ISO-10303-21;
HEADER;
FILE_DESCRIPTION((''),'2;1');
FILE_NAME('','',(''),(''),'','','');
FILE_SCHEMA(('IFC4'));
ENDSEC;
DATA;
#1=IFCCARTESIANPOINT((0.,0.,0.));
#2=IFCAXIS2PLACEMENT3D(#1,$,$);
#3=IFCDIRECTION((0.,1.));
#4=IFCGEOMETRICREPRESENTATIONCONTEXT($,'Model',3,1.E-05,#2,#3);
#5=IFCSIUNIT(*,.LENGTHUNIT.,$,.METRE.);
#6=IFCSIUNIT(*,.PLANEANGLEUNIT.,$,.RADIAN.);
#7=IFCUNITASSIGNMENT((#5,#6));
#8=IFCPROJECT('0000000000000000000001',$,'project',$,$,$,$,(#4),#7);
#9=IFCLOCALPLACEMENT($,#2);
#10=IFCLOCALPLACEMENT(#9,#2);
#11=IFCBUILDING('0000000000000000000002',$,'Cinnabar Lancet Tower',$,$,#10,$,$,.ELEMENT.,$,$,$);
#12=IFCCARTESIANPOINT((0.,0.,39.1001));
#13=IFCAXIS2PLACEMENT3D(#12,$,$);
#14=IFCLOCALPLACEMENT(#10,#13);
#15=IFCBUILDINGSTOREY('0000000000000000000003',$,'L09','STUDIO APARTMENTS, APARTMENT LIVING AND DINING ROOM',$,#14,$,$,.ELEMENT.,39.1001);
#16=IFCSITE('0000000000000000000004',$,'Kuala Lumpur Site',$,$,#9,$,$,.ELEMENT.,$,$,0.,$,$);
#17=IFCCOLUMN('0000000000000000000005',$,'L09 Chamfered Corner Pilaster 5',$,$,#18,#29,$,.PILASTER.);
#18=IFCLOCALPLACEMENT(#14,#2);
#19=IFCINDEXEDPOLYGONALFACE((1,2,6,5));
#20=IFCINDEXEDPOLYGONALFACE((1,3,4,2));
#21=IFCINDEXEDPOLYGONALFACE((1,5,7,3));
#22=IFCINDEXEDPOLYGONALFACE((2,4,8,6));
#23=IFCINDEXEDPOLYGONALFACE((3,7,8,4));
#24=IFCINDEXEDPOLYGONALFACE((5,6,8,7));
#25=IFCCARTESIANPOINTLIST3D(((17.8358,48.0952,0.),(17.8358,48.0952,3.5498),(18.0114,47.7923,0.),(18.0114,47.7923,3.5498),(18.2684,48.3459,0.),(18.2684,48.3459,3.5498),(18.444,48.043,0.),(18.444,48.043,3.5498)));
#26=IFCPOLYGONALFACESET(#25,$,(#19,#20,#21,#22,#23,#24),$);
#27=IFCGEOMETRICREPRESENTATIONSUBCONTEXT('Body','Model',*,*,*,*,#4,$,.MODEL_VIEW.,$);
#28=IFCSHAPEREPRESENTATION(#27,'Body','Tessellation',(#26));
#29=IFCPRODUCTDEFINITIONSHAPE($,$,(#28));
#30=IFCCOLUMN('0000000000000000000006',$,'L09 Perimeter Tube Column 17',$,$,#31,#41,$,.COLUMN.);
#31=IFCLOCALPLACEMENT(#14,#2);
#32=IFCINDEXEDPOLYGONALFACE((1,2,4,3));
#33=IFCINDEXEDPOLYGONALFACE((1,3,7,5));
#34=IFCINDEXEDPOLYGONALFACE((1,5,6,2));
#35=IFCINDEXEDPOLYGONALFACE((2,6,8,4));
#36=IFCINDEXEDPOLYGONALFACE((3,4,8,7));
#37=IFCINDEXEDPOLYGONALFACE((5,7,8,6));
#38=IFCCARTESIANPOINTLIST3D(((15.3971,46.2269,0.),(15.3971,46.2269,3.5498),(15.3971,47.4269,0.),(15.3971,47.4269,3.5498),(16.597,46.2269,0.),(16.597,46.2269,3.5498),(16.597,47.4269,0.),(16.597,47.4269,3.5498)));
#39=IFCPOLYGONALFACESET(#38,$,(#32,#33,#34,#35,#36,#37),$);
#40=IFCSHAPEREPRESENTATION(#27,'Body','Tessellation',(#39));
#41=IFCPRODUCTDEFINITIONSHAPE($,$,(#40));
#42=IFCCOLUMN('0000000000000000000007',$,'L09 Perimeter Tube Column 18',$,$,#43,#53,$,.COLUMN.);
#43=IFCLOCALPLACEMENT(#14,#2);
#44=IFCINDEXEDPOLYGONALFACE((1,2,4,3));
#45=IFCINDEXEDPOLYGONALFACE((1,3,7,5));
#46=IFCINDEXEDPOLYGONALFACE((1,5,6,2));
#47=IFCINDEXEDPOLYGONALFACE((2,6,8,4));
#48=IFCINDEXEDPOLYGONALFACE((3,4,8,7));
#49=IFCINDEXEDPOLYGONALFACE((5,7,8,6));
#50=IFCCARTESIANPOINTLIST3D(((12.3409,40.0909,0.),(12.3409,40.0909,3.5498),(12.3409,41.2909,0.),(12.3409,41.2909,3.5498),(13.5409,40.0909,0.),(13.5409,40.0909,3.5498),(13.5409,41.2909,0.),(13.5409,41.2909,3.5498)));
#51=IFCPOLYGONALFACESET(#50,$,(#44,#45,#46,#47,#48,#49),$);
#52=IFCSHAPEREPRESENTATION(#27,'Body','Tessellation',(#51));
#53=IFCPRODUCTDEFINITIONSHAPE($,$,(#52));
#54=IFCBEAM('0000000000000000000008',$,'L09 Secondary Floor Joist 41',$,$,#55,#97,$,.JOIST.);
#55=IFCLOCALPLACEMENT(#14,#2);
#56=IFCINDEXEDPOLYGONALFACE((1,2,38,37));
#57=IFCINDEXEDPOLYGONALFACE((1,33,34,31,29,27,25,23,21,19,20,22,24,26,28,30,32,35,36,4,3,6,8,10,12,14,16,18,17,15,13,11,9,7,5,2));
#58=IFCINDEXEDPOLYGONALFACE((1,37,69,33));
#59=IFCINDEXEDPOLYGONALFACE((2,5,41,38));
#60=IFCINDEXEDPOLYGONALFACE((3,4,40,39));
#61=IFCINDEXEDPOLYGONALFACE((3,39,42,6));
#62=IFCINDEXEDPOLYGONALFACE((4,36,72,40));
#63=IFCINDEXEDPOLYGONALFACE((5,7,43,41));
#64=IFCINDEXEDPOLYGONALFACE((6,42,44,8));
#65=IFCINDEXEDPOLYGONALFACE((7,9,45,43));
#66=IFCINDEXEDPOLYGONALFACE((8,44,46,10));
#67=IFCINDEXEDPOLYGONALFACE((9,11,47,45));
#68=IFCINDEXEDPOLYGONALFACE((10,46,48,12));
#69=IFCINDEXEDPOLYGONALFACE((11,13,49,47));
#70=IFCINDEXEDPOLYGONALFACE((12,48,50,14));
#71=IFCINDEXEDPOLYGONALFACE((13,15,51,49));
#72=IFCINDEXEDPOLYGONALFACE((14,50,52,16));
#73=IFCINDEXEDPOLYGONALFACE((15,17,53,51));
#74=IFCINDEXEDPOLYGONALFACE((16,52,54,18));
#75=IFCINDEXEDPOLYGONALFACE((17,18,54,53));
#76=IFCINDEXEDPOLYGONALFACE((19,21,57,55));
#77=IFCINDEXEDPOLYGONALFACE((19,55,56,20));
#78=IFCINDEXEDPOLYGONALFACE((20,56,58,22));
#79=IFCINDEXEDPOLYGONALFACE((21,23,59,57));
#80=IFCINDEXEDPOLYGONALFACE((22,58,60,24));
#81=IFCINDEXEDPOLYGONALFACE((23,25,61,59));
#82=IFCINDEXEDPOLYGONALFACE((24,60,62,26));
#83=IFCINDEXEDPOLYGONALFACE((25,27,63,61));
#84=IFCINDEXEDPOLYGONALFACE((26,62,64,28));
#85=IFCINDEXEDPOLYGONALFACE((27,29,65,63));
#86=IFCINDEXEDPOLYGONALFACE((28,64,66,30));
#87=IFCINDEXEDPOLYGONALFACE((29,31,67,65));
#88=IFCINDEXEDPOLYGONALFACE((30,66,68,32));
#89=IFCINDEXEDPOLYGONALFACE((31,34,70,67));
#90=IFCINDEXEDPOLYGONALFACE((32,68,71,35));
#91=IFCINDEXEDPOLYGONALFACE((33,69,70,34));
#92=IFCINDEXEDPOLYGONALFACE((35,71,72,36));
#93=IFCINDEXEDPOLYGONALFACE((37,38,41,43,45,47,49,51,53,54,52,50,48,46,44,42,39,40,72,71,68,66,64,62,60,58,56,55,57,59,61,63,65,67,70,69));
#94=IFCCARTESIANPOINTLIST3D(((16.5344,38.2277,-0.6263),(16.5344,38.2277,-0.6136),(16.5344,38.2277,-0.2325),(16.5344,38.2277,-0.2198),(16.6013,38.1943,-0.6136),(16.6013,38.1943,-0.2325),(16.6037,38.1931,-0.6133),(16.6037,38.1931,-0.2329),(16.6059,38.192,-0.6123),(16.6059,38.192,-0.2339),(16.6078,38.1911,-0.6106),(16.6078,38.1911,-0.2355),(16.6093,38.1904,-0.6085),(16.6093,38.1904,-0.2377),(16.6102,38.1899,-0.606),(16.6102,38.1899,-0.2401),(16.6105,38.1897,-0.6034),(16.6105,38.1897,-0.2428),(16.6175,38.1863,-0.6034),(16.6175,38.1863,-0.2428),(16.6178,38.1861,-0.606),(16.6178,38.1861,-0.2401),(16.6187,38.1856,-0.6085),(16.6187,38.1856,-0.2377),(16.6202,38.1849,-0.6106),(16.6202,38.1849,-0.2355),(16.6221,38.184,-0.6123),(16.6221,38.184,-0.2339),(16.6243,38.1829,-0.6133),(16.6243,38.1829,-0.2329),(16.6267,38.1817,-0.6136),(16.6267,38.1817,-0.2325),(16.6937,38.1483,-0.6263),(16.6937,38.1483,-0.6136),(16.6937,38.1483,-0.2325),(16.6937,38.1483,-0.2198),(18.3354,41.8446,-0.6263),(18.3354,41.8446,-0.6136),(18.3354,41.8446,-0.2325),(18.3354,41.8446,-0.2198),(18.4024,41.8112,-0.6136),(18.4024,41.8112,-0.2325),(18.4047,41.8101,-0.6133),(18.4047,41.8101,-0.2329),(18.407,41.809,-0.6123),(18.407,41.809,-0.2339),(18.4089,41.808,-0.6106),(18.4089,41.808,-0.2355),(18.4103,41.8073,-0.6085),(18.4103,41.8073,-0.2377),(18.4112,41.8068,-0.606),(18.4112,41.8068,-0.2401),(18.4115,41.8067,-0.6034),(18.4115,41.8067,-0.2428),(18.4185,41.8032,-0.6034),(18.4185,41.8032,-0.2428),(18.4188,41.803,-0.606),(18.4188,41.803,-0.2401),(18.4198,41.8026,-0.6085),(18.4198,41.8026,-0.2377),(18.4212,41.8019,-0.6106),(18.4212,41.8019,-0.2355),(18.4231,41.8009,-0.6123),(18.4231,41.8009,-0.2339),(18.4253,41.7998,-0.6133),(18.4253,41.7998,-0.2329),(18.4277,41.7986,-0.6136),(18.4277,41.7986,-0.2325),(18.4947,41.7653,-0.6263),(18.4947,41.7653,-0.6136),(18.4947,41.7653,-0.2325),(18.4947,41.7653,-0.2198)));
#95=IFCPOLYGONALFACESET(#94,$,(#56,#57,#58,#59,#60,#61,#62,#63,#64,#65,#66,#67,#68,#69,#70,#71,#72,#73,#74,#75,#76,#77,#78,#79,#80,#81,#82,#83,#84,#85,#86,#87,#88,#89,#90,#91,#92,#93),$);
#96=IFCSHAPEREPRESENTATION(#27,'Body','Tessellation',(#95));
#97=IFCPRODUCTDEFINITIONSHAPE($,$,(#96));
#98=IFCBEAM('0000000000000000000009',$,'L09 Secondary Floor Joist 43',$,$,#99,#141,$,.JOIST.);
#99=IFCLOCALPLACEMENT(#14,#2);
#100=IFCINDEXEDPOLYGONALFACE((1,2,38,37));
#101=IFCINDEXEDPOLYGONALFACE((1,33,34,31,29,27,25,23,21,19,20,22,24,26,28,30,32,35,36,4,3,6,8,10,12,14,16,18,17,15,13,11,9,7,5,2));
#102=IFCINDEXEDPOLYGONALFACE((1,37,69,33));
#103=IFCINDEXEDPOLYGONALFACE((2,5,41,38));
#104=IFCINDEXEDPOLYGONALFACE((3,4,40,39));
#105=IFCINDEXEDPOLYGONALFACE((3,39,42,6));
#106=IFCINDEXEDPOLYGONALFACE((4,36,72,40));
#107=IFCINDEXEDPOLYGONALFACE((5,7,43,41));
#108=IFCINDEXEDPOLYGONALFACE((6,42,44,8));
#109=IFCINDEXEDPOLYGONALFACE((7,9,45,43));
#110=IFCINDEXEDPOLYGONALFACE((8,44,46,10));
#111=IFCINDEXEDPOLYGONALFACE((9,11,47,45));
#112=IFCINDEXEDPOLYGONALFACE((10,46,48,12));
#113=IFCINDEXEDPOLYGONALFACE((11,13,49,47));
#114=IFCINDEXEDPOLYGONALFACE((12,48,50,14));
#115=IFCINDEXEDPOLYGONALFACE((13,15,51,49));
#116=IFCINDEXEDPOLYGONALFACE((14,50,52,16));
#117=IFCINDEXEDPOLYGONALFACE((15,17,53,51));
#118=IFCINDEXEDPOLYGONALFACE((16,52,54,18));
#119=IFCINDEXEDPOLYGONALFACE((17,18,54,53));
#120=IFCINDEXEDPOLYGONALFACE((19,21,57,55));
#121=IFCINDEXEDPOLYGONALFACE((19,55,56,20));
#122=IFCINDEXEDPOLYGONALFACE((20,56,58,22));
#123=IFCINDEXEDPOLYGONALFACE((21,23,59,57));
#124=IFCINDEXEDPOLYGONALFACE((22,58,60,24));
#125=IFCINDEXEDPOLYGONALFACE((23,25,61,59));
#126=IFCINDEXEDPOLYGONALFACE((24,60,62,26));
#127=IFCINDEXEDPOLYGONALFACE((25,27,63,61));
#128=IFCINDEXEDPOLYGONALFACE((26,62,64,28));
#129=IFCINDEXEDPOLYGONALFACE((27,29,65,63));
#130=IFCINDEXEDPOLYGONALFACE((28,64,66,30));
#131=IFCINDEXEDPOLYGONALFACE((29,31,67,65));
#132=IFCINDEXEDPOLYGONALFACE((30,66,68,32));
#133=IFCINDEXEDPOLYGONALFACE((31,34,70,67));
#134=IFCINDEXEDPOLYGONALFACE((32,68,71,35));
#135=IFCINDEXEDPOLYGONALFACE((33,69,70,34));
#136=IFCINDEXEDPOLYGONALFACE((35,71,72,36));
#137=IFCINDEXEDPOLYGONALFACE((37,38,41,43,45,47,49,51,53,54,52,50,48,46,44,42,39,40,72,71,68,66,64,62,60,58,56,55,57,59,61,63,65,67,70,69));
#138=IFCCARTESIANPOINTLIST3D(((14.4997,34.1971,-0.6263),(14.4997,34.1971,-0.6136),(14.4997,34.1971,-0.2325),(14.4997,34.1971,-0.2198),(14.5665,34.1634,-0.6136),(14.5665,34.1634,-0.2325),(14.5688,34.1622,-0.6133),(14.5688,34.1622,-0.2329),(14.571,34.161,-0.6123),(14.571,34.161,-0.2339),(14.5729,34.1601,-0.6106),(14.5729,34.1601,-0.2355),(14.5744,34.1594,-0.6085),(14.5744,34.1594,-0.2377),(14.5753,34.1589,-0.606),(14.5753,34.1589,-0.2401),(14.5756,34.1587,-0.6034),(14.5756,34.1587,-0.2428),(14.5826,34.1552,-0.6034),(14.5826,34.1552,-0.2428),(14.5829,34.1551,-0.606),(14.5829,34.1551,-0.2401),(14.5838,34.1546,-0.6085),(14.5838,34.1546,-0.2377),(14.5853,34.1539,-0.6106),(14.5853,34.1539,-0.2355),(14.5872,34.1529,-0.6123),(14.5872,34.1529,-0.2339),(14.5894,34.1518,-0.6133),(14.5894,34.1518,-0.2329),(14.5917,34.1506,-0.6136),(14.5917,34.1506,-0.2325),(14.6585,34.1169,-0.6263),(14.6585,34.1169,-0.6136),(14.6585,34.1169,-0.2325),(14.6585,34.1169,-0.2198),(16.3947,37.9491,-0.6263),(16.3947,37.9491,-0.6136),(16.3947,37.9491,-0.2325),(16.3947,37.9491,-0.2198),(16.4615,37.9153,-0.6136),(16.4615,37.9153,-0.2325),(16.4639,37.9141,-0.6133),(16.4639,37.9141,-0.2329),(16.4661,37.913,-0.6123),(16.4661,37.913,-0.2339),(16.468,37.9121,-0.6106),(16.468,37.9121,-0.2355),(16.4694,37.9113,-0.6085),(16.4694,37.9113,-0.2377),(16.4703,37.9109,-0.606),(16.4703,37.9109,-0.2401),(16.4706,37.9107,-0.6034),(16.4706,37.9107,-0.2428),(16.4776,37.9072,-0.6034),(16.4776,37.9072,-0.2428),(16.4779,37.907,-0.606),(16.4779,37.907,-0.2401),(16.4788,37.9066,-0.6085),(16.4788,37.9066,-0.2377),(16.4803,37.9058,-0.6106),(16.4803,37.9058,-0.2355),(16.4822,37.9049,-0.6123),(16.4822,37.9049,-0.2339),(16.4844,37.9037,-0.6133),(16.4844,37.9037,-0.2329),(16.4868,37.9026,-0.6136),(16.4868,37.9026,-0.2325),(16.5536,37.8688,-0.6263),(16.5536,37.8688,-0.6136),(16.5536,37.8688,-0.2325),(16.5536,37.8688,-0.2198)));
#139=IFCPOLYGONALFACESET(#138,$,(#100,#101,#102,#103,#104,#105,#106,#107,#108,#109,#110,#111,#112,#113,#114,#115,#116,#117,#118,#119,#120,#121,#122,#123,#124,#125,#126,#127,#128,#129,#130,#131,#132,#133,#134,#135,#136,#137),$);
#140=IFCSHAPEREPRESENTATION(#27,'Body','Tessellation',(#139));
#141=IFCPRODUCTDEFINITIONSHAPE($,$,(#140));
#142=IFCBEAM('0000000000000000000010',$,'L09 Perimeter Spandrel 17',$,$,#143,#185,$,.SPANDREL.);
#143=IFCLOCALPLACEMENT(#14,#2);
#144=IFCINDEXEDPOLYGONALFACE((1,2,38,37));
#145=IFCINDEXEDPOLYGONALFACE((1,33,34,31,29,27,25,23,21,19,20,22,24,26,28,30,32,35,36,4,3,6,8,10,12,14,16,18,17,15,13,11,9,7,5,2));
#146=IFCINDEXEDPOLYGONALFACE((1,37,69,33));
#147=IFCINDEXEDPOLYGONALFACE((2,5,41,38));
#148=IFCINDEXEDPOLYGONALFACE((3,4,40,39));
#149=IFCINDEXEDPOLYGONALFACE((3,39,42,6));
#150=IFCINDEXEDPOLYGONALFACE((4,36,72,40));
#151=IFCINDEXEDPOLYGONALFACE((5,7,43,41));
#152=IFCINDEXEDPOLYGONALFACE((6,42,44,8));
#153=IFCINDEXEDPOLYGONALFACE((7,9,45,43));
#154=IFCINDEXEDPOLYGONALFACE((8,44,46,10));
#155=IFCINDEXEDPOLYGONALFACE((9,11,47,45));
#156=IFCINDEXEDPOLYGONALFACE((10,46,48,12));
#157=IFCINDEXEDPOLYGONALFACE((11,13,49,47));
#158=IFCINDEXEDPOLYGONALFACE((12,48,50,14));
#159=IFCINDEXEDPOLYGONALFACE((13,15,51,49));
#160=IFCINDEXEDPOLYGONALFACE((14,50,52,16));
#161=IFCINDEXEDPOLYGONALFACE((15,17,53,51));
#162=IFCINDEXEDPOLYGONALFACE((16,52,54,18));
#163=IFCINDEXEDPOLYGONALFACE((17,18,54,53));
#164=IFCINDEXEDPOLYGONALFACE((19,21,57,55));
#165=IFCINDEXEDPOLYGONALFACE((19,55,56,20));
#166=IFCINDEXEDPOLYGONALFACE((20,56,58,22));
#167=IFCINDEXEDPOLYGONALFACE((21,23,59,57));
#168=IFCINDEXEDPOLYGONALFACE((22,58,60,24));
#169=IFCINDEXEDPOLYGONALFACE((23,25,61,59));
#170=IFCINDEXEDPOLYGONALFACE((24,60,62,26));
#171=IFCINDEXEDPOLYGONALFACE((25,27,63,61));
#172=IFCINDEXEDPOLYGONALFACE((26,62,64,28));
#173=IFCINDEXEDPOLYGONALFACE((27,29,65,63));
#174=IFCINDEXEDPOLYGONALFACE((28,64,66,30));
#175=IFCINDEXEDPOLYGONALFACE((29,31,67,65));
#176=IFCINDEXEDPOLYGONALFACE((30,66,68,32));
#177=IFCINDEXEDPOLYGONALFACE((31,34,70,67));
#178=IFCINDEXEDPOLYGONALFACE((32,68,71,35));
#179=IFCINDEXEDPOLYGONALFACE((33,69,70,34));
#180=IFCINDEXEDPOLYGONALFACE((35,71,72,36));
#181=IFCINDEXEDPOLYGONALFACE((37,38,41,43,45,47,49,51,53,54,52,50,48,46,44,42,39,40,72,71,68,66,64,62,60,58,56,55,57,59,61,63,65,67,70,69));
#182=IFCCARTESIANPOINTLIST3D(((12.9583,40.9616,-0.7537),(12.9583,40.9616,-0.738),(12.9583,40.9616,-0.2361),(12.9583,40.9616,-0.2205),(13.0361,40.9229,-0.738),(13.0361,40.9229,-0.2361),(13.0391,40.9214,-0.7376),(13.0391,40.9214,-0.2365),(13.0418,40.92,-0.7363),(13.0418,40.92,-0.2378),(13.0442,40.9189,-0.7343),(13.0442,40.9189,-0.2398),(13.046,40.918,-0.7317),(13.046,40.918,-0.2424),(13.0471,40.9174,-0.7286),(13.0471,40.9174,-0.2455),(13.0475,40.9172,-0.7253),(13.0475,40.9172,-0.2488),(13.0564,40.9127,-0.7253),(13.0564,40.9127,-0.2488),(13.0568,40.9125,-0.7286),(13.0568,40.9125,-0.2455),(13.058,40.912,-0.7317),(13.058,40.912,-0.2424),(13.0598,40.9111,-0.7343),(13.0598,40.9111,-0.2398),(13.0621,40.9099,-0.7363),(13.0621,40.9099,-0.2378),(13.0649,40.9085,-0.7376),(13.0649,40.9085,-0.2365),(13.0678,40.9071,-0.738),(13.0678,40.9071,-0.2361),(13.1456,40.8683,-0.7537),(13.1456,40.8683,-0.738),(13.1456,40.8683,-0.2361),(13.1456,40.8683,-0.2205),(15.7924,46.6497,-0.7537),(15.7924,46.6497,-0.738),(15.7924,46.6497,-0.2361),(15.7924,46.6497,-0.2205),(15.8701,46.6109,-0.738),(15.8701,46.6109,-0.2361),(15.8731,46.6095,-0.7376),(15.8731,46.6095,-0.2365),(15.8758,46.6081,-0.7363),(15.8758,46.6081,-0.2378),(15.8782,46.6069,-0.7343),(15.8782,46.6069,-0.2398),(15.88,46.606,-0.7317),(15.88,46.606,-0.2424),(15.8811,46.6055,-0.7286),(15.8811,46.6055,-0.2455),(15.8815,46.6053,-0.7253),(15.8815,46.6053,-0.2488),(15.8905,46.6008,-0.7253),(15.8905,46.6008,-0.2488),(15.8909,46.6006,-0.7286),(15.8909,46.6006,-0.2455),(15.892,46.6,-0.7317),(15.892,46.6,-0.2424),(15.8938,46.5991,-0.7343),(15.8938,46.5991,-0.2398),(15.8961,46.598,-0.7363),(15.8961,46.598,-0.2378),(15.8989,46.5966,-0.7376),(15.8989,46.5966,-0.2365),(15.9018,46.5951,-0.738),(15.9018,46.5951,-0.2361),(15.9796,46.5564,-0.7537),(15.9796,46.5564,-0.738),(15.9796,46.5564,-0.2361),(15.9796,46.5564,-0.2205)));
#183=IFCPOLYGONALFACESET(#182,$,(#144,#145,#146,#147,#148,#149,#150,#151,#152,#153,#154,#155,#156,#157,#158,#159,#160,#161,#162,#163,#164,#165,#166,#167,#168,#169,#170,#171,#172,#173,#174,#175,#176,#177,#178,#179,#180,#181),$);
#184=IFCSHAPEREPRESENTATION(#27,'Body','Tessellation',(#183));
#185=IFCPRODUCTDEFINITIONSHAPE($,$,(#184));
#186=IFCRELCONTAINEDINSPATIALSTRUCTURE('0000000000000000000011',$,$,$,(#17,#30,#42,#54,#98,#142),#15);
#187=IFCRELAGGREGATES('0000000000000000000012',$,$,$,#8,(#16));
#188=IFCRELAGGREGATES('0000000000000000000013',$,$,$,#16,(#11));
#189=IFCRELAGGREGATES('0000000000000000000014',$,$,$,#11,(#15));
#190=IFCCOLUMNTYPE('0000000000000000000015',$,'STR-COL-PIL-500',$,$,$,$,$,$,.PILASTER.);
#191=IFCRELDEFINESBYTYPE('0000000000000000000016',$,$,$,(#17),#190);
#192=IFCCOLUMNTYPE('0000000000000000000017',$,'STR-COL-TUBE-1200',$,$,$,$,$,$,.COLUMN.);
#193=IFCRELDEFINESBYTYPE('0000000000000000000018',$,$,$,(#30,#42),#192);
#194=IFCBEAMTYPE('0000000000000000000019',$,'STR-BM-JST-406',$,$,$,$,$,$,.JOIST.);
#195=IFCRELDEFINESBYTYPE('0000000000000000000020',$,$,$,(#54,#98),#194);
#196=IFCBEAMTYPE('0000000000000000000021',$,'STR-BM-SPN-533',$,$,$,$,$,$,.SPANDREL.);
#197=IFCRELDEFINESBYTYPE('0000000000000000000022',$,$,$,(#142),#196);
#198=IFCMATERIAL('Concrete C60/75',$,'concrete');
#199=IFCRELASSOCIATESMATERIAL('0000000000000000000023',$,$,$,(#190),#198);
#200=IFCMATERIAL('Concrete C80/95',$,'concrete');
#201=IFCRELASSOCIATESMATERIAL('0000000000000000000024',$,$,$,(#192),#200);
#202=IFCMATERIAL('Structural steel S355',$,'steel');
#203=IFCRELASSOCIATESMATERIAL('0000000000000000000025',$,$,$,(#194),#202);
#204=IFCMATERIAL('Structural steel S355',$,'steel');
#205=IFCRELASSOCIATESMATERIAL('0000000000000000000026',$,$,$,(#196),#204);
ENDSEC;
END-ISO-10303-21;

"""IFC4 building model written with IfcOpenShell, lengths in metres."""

from ifc_helpers import new_model, si_unit, direction, frame, origin, origin_2d, place, context, subcontext, project, spatial, rectangle, i_section, extrude, material, material_profile, profile_set, type_object, element, save


model = new_model("IFC4")

# Units and contexts
model_context = context("Model", 3, precision=1e-05, world=origin(), true_north=direction((0.0, 1.0)))
body_context = subcontext(model_context, "Body", "Model", "MODEL_VIEW")
ifc_project = project(units=[si_unit("LENGTHUNIT", "METRE"), si_unit("PLANEANGLEUNIT", "RADIAN")], contexts=[model_context])

# Site, building, storey
site_placement = place(None, origin())
site = spatial("IfcSite", under=ifc_project, at=site_placement, Name="Kuala Lumpur Site", CompositionType="ELEMENT", RefElevation=0.0)
building_placement = place(site_placement, origin())
building = spatial("IfcBuilding", under=site, at=building_placement, Name="Cinnabar Lancet Tower", CompositionType="ELEMENT")
storey_placement = place(building_placement, frame((0.0, 0.0, 39.1001)))
storey = spatial("IfcBuildingStorey", under=building, at=storey_placement, Name="L09", Description="STUDIO APARTMENTS, APARTMENT LIVING AND DINING ROOM", CompositionType="ELEMENT", Elevation=39.1001)

# Columns
ifc_material_1 = material(Name="Concrete C60/75", Category="concrete")
ifc_material_profile_1 = material_profile(ifc_material_1, rectangle(XDim=0.5, YDim=0.3501, at=origin_2d()), Name="RC-PIL 500x350")
ifc_profile_set_1 = profile_set([ifc_material_profile_1], Name="Concrete C60/75")
column_type_1 = type_object("IfcColumnType", Name="STR-COL-PIL-500", PredefinedType="PILASTER", material=ifc_profile_set_1)
column_placement = place(storey_placement, frame((18.1399, 48.0691, 0.0), z_axis=(0.0, 0.0, 1.0), x_axis=(-0.865195, -0.501435, 0.0)))
element("IfcColumn", 1, at=column_placement, inside=storey, type_object=column_type_1, Name="L09 Chamfered Corner Pilaster 5", PredefinedType="PILASTER", context=body_context, shape_type="SweptSolid", body=[
    extrude(rectangle(XDim=0.5, YDim=0.3501, at=origin_2d()), origin(), (0.0, 0.0, 1.0), 3.5498),
])
ifc_material_2 = material(Name="Concrete C80/95", Category="concrete")
ifc_material_profile_2 = material_profile(ifc_material_2, rectangle(XDim=1.2, YDim=1.2, at=origin_2d()), Name="RC-COL 1200x1200")
ifc_profile_set_2 = profile_set([ifc_material_profile_2], Name="Concrete C80/95")
column_type_2 = type_object("IfcColumnType", Name="STR-COL-TUBE-1200", PredefinedType="COLUMN", material=ifc_profile_set_2)
for number, where, z_axis, x_axis, name in (
    (2, (15.9971, 46.8269, 0.0), (0.0, 0.0, 1.0), (1.0, 0.0, 0.0), "L09 Perimeter Tube Column 17"),
    (3, (12.9409, 40.6909, 0.0), (0.0, 0.0, 1.0), (1.0, 0.0, 0.0), "L09 Perimeter Tube Column 18"),
):
    element("IfcColumn", number, at=place(storey_placement, frame(where, z_axis=z_axis, x_axis=x_axis)), inside=storey, type_object=column_type_2, Name=name, PredefinedType="COLUMN", context=body_context, shape_type="SweptSolid", body=[
        extrude(rectangle(XDim=1.2, YDim=1.2, at=origin_2d()), origin(), (0.0, 0.0, 1.0), 3.5498),
    ])

# Beams
ifc_material_3 = material(Name="Structural steel S355", Category="steel")
ifc_material_profile_3 = material_profile(ifc_material_3, i_section(OverallWidth=0.178, OverallDepth=0.4065, WebThickness=0.0078, FlangeThickness=0.0127, FilletRadius=0.0103, at=origin_2d()), Name="UKB 406x178x60")
ifc_profile_set_3 = profile_set([ifc_material_profile_3], Name="Structural steel S355")
beam_type_1 = type_object("IfcBeamType", Name="STR-BM-JST-406", PredefinedType="JOIST", material=ifc_profile_set_3)
beam_1_placement = place(storey_placement, frame((18.415, 41.8049, -0.4231), z_axis=(-0.445739, -0.895163, 0.0), x_axis=(0.895163, -0.445739, 0.0)))
element("IfcBeam", 4, at=beam_1_placement, inside=storey, type_object=beam_type_1, Name="L09 Secondary Floor Joist 41", PredefinedType="JOIST", context=body_context, shape_type="SweptSolid", body=[
    extrude(i_section(OverallWidth=0.178, OverallDepth=0.4065, WebThickness=0.0078, FlangeThickness=0.0127, FilletRadius=0.0103, at=origin_2d()), origin(), (0.0, 0.0, 1.0), 4.0405),
])
beam_2_placement = place(storey_placement, frame((16.4741, 37.9089, -0.4231), z_axis=(-0.450834, -0.892608, 0.0), x_axis=(0.892608, -0.450834, 0.0)))
element("IfcBeam", 5, at=beam_2_placement, inside=storey, type_object=beam_type_1, Name="L09 Secondary Floor Joist 43", PredefinedType="JOIST", context=body_context, shape_type="SweptSolid", body=[
    extrude(i_section(OverallWidth=0.178, OverallDepth=0.4065, WebThickness=0.0078, FlangeThickness=0.0127, FilletRadius=0.0103, at=origin_2d()), origin(), (0.0, 0.0, 1.0), 4.2034),
])
ifc_material_4 = material(Name="Structural steel S355", Category="steel")
ifc_material_profile_4 = material_profile(ifc_material_4, i_section(OverallWidth=0.2092, OverallDepth=0.5332, WebThickness=0.01, FlangeThickness=0.0156, FilletRadius=0.0127, at=origin_2d()), Name="UKB 533x210x92")
ifc_profile_set_4 = profile_set([ifc_material_profile_4], Name="Structural steel S355")
beam_type_2 = type_object("IfcBeamType", Name="STR-BM-SPN-533", PredefinedType="SPANDREL", material=ifc_profile_set_4)
beam_3_placement = place(storey_placement, frame((15.886, 46.603, -0.4871), z_axis=(-0.445953, -0.895056, 0.0), x_axis=(0.895056, -0.445953, 0.0)))
element("IfcBeam", 6, at=beam_3_placement, inside=storey, type_object=beam_type_2, Name="L09 Perimeter Spandrel 17", PredefinedType="SPANDREL", context=body_context, shape_type="SweptSolid", body=[
    extrude(i_section(OverallWidth=0.2092, OverallDepth=0.5332, WebThickness=0.01, FlangeThickness=0.0156, FilletRadius=0.0127, at=origin_2d()), origin(), (0.0, 0.0, 1.0), 6.355),
])

save(model, "model.ifc")
